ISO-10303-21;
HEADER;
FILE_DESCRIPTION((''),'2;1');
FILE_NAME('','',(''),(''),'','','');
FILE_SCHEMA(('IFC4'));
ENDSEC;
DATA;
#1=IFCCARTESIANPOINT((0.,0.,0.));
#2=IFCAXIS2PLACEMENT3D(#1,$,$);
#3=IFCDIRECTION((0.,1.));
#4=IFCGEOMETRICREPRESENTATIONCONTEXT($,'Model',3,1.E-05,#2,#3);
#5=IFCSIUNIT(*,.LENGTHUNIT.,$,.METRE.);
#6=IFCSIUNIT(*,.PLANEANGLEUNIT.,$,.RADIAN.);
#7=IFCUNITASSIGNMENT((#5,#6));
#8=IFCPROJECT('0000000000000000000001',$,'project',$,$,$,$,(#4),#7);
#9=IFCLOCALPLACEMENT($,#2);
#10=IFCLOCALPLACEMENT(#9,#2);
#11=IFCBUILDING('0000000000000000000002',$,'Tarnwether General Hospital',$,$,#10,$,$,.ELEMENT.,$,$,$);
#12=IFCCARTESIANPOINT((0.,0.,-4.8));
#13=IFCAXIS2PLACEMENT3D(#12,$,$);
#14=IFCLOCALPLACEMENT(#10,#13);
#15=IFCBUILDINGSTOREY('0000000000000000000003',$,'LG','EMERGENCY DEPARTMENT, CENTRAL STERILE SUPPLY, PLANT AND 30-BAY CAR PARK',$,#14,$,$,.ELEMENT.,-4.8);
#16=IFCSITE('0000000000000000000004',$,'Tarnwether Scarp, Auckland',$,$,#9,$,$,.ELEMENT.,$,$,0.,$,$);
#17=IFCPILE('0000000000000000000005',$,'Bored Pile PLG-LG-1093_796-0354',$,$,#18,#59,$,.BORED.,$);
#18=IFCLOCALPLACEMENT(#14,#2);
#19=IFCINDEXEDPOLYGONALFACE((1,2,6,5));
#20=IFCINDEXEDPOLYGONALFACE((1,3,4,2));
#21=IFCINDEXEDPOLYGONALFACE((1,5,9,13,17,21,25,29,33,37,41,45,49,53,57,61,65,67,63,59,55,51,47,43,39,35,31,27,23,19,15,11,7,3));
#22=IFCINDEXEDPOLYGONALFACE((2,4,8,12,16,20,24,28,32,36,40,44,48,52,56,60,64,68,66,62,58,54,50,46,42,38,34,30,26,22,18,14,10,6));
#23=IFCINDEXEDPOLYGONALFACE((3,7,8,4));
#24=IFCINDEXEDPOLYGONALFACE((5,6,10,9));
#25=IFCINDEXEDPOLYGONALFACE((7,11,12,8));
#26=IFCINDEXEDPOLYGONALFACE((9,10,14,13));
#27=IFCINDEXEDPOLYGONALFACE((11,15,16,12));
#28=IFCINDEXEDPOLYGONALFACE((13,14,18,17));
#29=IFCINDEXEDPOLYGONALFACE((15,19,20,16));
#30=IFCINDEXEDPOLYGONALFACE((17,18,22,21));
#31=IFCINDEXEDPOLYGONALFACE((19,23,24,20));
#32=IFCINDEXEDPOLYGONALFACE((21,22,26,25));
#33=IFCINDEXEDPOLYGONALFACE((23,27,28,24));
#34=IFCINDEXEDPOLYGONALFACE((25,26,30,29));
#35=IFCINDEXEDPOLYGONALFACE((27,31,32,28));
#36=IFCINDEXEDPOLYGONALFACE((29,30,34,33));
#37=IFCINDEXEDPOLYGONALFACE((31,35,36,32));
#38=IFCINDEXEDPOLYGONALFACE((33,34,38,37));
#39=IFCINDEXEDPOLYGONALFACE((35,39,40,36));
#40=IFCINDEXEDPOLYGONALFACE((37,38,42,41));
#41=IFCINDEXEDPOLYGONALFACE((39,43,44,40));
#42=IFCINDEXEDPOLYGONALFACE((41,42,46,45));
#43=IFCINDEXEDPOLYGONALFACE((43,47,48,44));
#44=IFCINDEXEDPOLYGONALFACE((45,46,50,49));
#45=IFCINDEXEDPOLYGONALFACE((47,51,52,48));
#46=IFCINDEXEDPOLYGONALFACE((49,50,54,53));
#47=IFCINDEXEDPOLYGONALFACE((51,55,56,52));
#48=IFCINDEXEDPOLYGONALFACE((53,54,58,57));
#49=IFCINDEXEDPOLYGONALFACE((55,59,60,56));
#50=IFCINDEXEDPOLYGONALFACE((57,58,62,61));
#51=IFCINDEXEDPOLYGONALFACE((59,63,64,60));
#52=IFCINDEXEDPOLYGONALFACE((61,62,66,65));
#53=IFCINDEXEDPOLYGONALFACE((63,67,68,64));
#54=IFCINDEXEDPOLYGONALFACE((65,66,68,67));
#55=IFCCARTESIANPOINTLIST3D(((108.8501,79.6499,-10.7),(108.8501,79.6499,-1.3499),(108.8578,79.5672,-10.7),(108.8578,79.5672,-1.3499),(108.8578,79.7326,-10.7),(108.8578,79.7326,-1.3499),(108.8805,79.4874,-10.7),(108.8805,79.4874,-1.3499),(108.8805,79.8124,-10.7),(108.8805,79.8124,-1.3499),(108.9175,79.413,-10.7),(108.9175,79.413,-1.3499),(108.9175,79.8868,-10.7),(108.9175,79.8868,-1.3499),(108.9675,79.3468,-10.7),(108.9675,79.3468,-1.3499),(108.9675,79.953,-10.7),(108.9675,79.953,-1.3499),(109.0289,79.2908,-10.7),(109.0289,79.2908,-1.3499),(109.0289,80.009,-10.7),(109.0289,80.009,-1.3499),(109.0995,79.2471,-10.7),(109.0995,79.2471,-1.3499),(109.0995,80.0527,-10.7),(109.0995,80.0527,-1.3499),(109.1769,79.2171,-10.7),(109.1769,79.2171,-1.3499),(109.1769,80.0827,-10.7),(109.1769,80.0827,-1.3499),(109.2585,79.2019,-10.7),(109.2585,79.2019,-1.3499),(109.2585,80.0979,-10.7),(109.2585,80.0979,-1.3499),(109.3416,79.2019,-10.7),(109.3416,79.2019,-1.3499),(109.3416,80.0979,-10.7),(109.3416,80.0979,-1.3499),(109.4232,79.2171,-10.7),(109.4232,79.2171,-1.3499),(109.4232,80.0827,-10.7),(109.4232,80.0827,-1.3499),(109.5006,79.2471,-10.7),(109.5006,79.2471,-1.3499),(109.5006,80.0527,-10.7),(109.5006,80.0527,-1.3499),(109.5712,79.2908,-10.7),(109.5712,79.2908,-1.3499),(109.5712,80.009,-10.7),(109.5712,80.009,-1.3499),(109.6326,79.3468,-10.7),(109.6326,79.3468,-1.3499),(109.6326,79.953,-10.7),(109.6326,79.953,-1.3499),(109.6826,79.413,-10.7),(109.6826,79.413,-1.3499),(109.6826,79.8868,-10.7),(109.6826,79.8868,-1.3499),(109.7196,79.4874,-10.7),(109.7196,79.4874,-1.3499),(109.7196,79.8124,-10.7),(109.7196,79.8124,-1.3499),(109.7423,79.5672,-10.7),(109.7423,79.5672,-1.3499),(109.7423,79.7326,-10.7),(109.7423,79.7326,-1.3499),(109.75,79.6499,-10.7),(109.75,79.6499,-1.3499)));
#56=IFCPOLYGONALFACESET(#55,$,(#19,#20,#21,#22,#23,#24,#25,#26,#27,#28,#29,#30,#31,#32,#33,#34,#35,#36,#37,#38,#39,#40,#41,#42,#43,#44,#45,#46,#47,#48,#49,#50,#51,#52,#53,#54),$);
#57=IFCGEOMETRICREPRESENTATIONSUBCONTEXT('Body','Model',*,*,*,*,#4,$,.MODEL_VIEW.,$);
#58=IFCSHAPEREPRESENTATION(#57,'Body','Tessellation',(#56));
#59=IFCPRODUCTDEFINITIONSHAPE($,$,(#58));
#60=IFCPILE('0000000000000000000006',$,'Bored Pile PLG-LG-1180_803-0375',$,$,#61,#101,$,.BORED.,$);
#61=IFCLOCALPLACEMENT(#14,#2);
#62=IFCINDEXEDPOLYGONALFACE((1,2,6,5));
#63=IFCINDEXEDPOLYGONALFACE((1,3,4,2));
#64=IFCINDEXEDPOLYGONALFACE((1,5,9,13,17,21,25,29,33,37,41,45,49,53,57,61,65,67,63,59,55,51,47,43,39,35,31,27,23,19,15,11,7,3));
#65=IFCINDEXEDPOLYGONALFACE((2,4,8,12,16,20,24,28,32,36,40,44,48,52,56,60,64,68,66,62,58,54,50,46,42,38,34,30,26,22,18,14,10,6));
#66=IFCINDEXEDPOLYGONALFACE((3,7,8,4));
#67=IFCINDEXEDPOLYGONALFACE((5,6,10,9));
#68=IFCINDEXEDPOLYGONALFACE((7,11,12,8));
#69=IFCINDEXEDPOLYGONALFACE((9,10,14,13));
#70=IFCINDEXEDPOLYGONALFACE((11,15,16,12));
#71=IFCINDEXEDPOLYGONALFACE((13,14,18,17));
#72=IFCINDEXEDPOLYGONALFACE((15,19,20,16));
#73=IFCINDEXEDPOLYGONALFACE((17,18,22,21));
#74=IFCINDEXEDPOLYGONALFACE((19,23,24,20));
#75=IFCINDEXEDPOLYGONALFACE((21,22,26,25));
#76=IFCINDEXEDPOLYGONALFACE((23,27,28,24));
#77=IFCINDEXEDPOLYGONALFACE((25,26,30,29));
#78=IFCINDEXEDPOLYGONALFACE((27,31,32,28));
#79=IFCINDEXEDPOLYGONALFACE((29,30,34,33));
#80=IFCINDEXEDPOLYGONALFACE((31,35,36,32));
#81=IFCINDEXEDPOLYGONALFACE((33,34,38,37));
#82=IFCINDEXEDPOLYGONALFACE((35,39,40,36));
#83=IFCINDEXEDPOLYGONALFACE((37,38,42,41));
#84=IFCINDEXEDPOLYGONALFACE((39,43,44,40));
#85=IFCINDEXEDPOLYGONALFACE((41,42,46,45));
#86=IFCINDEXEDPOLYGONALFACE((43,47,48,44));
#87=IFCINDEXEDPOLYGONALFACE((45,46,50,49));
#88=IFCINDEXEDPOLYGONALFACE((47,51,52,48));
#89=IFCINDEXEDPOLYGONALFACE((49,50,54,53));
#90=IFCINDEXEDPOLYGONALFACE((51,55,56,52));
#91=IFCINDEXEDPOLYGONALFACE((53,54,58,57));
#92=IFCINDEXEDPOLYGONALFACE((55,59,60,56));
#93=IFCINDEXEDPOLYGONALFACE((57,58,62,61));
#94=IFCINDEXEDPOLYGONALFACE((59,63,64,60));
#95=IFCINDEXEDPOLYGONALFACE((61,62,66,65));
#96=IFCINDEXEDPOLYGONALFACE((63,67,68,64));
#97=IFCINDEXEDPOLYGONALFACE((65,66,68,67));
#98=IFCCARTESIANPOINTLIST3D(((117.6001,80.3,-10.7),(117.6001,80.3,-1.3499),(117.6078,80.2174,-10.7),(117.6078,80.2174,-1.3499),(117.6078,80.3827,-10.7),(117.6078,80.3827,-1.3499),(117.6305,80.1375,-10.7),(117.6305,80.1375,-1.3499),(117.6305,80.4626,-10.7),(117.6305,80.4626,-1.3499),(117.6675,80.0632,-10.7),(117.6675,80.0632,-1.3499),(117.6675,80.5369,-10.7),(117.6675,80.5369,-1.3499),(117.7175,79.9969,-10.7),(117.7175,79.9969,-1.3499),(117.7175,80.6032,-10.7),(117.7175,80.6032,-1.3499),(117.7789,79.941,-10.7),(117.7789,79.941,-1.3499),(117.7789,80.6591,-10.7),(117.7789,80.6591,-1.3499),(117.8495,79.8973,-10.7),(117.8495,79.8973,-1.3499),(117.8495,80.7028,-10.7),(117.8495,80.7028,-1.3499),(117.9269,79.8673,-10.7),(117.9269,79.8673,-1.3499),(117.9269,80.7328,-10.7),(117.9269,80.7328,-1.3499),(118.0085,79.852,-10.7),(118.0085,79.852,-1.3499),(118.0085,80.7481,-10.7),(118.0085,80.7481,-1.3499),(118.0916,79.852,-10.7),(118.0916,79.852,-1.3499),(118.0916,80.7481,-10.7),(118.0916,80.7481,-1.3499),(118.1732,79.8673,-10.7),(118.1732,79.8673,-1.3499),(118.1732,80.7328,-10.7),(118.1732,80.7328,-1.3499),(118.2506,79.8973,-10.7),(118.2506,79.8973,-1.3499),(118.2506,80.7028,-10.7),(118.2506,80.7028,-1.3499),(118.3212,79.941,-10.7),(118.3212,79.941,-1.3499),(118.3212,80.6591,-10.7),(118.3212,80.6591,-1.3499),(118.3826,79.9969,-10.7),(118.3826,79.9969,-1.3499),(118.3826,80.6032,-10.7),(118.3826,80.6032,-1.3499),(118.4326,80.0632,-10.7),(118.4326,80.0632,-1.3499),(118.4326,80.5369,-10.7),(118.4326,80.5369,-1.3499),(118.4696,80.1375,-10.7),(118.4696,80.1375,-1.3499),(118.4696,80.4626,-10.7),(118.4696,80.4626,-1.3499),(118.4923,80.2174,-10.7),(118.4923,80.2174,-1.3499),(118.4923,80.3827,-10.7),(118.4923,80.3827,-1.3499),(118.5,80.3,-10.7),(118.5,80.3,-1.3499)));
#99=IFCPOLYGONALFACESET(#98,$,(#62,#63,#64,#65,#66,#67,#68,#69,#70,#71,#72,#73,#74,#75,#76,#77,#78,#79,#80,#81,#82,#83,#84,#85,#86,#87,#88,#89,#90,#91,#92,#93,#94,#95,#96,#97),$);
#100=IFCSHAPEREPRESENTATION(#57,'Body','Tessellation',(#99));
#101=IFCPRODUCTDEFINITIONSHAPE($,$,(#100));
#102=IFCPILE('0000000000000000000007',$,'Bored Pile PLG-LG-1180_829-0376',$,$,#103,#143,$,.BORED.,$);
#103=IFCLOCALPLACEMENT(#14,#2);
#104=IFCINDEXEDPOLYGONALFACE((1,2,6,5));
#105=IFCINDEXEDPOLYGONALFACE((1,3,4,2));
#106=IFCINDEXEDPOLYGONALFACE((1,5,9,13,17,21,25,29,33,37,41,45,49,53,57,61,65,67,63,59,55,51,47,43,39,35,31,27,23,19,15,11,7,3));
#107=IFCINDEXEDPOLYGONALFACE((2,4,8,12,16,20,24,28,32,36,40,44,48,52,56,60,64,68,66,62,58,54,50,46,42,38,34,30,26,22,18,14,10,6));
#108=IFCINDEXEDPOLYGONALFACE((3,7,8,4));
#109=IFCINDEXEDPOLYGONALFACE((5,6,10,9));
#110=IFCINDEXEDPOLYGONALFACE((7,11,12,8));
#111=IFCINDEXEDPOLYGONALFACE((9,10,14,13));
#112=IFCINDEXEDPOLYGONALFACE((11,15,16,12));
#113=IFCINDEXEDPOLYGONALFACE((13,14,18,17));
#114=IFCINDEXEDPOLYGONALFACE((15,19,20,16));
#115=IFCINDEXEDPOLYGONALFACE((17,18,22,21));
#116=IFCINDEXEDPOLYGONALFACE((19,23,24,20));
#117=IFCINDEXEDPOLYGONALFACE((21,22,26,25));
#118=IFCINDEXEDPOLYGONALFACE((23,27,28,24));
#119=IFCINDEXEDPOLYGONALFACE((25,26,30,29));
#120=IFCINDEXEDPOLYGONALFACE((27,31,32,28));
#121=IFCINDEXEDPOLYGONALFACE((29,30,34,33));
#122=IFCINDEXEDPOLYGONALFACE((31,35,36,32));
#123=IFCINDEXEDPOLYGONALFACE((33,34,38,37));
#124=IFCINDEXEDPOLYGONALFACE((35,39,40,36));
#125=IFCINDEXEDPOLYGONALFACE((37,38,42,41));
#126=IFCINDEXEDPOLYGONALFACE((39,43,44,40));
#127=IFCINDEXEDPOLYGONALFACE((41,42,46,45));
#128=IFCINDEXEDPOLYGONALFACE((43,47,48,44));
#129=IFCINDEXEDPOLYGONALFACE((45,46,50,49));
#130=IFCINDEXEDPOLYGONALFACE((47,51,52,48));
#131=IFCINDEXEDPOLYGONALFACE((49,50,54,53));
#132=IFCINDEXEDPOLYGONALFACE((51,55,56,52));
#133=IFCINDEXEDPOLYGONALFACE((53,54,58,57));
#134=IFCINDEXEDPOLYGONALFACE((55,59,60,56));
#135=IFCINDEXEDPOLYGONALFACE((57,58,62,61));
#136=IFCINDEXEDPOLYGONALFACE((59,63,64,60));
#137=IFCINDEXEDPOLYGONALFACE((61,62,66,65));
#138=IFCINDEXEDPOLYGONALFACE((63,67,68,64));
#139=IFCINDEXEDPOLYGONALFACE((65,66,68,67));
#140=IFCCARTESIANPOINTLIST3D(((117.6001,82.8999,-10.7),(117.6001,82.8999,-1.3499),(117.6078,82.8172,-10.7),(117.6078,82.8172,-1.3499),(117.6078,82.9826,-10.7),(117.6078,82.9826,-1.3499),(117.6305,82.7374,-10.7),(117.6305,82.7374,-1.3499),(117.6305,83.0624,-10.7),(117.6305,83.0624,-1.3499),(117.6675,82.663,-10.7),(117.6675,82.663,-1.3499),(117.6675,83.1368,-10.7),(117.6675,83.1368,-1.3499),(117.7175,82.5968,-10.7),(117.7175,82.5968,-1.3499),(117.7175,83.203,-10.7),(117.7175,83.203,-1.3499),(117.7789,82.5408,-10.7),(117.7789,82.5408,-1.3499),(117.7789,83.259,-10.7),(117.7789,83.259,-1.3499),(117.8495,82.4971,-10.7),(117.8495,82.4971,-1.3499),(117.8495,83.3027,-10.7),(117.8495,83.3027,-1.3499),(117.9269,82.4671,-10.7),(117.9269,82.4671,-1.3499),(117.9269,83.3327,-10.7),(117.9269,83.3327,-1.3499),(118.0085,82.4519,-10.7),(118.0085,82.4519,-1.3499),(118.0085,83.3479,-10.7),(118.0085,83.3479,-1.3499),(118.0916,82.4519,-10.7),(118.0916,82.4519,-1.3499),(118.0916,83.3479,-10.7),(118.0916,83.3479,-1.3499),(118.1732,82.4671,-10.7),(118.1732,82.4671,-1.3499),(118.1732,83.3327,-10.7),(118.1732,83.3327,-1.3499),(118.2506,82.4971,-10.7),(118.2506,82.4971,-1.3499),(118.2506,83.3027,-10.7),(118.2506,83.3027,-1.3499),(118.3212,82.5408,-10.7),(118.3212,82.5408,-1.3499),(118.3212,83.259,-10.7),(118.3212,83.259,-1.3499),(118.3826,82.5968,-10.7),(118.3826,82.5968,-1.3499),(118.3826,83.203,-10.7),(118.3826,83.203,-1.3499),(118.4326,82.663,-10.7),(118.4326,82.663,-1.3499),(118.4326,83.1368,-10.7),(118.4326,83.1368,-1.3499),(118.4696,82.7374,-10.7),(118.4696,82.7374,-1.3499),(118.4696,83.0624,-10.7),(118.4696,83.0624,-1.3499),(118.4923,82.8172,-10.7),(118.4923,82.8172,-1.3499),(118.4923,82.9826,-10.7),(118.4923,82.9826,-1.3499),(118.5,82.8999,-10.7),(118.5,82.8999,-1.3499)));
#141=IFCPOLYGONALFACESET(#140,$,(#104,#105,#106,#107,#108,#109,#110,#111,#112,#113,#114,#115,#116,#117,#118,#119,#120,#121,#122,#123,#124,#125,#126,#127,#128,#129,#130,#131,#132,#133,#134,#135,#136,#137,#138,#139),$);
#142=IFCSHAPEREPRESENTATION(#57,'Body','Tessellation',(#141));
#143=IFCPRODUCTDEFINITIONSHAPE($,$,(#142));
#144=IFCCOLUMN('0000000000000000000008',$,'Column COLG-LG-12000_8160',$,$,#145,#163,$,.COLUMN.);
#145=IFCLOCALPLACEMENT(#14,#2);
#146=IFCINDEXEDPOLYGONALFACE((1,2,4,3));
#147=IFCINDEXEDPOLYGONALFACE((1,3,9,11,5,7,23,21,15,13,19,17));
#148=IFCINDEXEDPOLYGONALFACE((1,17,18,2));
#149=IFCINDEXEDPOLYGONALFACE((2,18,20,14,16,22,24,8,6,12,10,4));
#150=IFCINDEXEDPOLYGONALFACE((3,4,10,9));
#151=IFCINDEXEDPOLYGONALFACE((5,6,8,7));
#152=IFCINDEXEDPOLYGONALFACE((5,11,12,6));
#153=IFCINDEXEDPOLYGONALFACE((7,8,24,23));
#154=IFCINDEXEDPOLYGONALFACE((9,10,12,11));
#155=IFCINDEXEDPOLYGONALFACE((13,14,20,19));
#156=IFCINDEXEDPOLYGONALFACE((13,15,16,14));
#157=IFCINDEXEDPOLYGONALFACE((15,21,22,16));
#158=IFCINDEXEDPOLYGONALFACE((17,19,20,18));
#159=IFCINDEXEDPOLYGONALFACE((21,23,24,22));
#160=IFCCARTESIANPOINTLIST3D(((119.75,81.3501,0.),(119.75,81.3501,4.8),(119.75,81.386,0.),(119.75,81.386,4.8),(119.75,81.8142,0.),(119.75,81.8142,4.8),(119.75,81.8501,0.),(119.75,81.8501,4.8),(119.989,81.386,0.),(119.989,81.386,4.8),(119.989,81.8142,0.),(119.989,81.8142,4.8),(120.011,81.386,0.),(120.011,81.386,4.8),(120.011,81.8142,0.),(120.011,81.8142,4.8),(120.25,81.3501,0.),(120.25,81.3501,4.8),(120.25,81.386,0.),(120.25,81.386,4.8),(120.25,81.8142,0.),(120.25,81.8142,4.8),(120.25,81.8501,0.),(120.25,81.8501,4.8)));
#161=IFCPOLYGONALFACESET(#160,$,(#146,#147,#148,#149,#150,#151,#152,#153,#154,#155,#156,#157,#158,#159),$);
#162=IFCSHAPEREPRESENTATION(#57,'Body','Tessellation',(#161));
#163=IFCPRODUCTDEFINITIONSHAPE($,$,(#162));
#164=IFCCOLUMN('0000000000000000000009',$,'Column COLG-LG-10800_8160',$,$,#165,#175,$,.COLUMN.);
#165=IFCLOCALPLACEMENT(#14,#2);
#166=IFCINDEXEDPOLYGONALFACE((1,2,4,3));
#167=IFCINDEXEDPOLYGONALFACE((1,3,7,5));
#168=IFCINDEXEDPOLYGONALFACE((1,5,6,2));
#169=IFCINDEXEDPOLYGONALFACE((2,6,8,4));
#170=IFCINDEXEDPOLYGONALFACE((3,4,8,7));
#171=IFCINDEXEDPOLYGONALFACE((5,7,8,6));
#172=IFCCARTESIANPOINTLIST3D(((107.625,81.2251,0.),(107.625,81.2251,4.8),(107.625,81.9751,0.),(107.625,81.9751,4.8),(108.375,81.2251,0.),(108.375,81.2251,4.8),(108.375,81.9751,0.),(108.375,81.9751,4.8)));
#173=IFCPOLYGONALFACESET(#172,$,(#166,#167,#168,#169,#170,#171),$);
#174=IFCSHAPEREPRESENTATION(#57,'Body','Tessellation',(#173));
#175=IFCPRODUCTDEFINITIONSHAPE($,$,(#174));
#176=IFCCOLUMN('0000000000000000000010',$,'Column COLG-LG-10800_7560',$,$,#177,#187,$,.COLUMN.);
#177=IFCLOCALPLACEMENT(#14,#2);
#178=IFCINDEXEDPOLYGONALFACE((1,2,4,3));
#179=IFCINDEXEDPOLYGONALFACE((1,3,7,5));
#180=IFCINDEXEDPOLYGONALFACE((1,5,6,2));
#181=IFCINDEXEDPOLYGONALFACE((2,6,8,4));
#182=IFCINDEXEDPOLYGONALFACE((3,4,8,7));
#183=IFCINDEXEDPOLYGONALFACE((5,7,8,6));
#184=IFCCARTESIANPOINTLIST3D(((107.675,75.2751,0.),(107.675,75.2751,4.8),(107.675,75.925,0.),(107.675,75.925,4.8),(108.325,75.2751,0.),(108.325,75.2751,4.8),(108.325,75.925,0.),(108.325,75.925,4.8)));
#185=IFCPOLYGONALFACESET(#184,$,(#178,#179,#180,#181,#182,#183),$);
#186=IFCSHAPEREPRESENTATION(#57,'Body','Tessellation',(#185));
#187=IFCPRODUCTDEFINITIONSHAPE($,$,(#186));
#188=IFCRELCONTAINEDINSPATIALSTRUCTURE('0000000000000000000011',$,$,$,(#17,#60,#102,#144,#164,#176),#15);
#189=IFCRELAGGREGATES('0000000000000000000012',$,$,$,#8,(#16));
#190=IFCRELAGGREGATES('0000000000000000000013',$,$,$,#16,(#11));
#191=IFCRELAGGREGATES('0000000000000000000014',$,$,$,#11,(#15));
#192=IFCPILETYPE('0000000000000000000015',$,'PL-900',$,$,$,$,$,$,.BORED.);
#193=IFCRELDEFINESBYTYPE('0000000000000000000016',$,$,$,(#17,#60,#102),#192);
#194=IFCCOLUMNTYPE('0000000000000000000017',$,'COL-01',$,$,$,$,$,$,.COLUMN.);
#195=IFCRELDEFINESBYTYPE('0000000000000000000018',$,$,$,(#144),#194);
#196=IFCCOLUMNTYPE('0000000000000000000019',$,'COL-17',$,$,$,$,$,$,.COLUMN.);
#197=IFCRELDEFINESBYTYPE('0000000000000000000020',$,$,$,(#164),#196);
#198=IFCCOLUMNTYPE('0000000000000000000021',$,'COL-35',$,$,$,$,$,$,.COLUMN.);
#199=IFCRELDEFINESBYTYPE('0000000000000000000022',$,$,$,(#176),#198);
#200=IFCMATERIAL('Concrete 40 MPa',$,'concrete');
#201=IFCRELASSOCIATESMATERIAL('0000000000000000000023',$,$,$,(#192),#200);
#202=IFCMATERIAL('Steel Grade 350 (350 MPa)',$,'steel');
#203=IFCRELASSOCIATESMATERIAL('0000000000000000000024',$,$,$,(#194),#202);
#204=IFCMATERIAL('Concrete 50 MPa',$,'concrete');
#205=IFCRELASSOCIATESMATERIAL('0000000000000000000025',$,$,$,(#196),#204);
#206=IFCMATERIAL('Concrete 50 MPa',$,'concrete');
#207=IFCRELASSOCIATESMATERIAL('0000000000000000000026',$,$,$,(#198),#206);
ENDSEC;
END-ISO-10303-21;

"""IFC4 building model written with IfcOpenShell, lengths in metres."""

from ifc_helpers import new_model, si_unit, direction, frame, origin, origin_2d, place, context, subcontext, project, spatial, rectangle, circle, i_section, extrude, material, material_profile, profile_set, type_object, element, save


model = new_model("IFC4")

# Units and contexts
model_context = context("Model", 3, precision=1e-05, world=origin(), true_north=direction((0.0, 1.0)))
body_context = subcontext(model_context, "Body", "Model", "MODEL_VIEW")
ifc_project = project(units=[si_unit("LENGTHUNIT", "METRE"), si_unit("PLANEANGLEUNIT", "RADIAN")], contexts=[model_context])

# Site, building, storey
site_placement = place(None, origin())
site = spatial("IfcSite", under=ifc_project, at=site_placement, Name="Tarnwether Scarp, Auckland", CompositionType="ELEMENT", RefElevation=0.0)
building_placement = place(site_placement, origin())
building = spatial("IfcBuilding", under=site, at=building_placement, Name="Tarnwether General Hospital", CompositionType="ELEMENT")
storey_placement = place(building_placement, frame((0.0, 0.0, -4.8)))
storey = spatial("IfcBuildingStorey", under=building, at=storey_placement, Name="LG", Description="EMERGENCY DEPARTMENT, CENTRAL STERILE SUPPLY, PLANT AND 30-BAY CAR PARK", CompositionType="ELEMENT", Elevation=-4.8)

# Piles
ifc_material_1 = material(Name="Concrete 40 MPa", Category="concrete")
ifc_material_profile_1 = material_profile(ifc_material_1, circle(Radius=0.45, at=origin_2d()), Name="PILE-D900")
ifc_profile_set_1 = profile_set([ifc_material_profile_1], Name="Concrete 40 MPa")
pile_type_1 = type_object("IfcPileType", Name="PL-900", PredefinedType="BORED", material=ifc_profile_set_1)
for number, where, z_axis, x_axis, name in (
    (1, (109.3, 79.6499, -1.3499), (0.0, 0.0, -1.0), (1.0, 0.0, 0.0), "Bored Pile PLG-LG-1093_796-0354"),
    (2, (118.05, 80.3, -1.3499), (0.0, 0.0, -1.0), (1.0, 0.0, 0.0), "Bored Pile PLG-LG-1180_803-0375"),
    (3, (118.05, 82.8999, -1.3499), (0.0, 0.0, -1.0), (1.0, 0.0, 0.0), "Bored Pile PLG-LG-1180_829-0376"),
):
    element("IfcPile", number, at=place(storey_placement, frame(where, z_axis=z_axis, x_axis=x_axis)), inside=storey, type_object=pile_type_1, Name=name, PredefinedType="BORED", context=body_context, shape_type="SweptSolid", body=[
        extrude(circle(Radius=0.45, at=origin_2d()), origin(), (0.0, 0.0, 1.0), 9.3501),
    ])

# Columns
ifc_material_2 = material(Name="Steel Grade 350 (350 MPa)", Category="steel")
ifc_material_profile_2 = material_profile(ifc_material_2, i_section(OverallWidth=0.5, OverallDepth=0.5, WebThickness=0.022, FlangeThickness=0.0359, at=origin_2d()), Name="500WC380")
ifc_profile_set_2 = profile_set([ifc_material_profile_2], Name="Steel Grade 350 (350 MPa)")
column_type_1 = type_object("IfcColumnType", Name="COL-01", PredefinedType="COLUMN", material=ifc_profile_set_2)
column_1_placement = place(storey_placement, frame((120.0, 81.6001, 0.0), z_axis=(0.0, 0.0, 1.0), x_axis=(1.0, 0.0, 0.0)))
element("IfcColumn", 4, at=column_1_placement, inside=storey, type_object=column_type_1, Name="Column COLG-LG-12000_8160", PredefinedType="COLUMN", context=body_context, shape_type="SweptSolid", body=[
    extrude(i_section(OverallWidth=0.5, OverallDepth=0.5, WebThickness=0.022, FlangeThickness=0.0359, at=origin_2d()), origin(), (0.0, 0.0, 1.0), 4.8),
])
ifc_material_3 = material(Name="Concrete 50 MPa", Category="concrete")
ifc_material_profile_3 = material_profile(ifc_material_3, rectangle(XDim=0.75, YDim=0.75, at=origin_2d()), Name="RC-COL-750x750")
ifc_profile_set_3 = profile_set([ifc_material_profile_3], Name="Concrete 50 MPa")
column_type_2 = type_object("IfcColumnType", Name="COL-17", PredefinedType="COLUMN", material=ifc_profile_set_3)
column_2_placement = place(storey_placement, frame((108.0, 81.6001, 0.0), z_axis=(0.0, 0.0, 1.0), x_axis=(0.0, 1.0, 0.0)))
element("IfcColumn", 5, at=column_2_placement, inside=storey, type_object=column_type_2, Name="Column COLG-LG-10800_8160", PredefinedType="COLUMN", context=body_context, shape_type="SweptSolid", body=[
    extrude(rectangle(XDim=0.75, YDim=0.75, at=origin_2d()), origin(), (0.0, 0.0, 1.0), 4.8),
])
ifc_material_4 = material(Name="Concrete 50 MPa", Category="concrete")
ifc_material_profile_4 = material_profile(ifc_material_4, rectangle(XDim=0.6499, YDim=0.6499, at=origin_2d()), Name="RC-COL-650x650")
ifc_profile_set_4 = profile_set([ifc_material_profile_4], Name="Concrete 50 MPa")
column_type_3 = type_object("IfcColumnType", Name="COL-35", PredefinedType="COLUMN", material=ifc_profile_set_4)
column_3_placement = place(storey_placement, frame((108.0, 75.6001, 0.0), z_axis=(0.0, 0.0, 1.0), x_axis=(1.0, 0.0, 0.0)))
element("IfcColumn", 6, at=column_3_placement, inside=storey, type_object=column_type_3, Name="Column COLG-LG-10800_7560", PredefinedType="COLUMN", context=body_context, shape_type="SweptSolid", body=[
    extrude(rectangle(XDim=0.6499, YDim=0.6499, at=origin_2d()), origin(), (0.0, 0.0, 1.0), 4.8),
])

save(model, "model.ifc")
